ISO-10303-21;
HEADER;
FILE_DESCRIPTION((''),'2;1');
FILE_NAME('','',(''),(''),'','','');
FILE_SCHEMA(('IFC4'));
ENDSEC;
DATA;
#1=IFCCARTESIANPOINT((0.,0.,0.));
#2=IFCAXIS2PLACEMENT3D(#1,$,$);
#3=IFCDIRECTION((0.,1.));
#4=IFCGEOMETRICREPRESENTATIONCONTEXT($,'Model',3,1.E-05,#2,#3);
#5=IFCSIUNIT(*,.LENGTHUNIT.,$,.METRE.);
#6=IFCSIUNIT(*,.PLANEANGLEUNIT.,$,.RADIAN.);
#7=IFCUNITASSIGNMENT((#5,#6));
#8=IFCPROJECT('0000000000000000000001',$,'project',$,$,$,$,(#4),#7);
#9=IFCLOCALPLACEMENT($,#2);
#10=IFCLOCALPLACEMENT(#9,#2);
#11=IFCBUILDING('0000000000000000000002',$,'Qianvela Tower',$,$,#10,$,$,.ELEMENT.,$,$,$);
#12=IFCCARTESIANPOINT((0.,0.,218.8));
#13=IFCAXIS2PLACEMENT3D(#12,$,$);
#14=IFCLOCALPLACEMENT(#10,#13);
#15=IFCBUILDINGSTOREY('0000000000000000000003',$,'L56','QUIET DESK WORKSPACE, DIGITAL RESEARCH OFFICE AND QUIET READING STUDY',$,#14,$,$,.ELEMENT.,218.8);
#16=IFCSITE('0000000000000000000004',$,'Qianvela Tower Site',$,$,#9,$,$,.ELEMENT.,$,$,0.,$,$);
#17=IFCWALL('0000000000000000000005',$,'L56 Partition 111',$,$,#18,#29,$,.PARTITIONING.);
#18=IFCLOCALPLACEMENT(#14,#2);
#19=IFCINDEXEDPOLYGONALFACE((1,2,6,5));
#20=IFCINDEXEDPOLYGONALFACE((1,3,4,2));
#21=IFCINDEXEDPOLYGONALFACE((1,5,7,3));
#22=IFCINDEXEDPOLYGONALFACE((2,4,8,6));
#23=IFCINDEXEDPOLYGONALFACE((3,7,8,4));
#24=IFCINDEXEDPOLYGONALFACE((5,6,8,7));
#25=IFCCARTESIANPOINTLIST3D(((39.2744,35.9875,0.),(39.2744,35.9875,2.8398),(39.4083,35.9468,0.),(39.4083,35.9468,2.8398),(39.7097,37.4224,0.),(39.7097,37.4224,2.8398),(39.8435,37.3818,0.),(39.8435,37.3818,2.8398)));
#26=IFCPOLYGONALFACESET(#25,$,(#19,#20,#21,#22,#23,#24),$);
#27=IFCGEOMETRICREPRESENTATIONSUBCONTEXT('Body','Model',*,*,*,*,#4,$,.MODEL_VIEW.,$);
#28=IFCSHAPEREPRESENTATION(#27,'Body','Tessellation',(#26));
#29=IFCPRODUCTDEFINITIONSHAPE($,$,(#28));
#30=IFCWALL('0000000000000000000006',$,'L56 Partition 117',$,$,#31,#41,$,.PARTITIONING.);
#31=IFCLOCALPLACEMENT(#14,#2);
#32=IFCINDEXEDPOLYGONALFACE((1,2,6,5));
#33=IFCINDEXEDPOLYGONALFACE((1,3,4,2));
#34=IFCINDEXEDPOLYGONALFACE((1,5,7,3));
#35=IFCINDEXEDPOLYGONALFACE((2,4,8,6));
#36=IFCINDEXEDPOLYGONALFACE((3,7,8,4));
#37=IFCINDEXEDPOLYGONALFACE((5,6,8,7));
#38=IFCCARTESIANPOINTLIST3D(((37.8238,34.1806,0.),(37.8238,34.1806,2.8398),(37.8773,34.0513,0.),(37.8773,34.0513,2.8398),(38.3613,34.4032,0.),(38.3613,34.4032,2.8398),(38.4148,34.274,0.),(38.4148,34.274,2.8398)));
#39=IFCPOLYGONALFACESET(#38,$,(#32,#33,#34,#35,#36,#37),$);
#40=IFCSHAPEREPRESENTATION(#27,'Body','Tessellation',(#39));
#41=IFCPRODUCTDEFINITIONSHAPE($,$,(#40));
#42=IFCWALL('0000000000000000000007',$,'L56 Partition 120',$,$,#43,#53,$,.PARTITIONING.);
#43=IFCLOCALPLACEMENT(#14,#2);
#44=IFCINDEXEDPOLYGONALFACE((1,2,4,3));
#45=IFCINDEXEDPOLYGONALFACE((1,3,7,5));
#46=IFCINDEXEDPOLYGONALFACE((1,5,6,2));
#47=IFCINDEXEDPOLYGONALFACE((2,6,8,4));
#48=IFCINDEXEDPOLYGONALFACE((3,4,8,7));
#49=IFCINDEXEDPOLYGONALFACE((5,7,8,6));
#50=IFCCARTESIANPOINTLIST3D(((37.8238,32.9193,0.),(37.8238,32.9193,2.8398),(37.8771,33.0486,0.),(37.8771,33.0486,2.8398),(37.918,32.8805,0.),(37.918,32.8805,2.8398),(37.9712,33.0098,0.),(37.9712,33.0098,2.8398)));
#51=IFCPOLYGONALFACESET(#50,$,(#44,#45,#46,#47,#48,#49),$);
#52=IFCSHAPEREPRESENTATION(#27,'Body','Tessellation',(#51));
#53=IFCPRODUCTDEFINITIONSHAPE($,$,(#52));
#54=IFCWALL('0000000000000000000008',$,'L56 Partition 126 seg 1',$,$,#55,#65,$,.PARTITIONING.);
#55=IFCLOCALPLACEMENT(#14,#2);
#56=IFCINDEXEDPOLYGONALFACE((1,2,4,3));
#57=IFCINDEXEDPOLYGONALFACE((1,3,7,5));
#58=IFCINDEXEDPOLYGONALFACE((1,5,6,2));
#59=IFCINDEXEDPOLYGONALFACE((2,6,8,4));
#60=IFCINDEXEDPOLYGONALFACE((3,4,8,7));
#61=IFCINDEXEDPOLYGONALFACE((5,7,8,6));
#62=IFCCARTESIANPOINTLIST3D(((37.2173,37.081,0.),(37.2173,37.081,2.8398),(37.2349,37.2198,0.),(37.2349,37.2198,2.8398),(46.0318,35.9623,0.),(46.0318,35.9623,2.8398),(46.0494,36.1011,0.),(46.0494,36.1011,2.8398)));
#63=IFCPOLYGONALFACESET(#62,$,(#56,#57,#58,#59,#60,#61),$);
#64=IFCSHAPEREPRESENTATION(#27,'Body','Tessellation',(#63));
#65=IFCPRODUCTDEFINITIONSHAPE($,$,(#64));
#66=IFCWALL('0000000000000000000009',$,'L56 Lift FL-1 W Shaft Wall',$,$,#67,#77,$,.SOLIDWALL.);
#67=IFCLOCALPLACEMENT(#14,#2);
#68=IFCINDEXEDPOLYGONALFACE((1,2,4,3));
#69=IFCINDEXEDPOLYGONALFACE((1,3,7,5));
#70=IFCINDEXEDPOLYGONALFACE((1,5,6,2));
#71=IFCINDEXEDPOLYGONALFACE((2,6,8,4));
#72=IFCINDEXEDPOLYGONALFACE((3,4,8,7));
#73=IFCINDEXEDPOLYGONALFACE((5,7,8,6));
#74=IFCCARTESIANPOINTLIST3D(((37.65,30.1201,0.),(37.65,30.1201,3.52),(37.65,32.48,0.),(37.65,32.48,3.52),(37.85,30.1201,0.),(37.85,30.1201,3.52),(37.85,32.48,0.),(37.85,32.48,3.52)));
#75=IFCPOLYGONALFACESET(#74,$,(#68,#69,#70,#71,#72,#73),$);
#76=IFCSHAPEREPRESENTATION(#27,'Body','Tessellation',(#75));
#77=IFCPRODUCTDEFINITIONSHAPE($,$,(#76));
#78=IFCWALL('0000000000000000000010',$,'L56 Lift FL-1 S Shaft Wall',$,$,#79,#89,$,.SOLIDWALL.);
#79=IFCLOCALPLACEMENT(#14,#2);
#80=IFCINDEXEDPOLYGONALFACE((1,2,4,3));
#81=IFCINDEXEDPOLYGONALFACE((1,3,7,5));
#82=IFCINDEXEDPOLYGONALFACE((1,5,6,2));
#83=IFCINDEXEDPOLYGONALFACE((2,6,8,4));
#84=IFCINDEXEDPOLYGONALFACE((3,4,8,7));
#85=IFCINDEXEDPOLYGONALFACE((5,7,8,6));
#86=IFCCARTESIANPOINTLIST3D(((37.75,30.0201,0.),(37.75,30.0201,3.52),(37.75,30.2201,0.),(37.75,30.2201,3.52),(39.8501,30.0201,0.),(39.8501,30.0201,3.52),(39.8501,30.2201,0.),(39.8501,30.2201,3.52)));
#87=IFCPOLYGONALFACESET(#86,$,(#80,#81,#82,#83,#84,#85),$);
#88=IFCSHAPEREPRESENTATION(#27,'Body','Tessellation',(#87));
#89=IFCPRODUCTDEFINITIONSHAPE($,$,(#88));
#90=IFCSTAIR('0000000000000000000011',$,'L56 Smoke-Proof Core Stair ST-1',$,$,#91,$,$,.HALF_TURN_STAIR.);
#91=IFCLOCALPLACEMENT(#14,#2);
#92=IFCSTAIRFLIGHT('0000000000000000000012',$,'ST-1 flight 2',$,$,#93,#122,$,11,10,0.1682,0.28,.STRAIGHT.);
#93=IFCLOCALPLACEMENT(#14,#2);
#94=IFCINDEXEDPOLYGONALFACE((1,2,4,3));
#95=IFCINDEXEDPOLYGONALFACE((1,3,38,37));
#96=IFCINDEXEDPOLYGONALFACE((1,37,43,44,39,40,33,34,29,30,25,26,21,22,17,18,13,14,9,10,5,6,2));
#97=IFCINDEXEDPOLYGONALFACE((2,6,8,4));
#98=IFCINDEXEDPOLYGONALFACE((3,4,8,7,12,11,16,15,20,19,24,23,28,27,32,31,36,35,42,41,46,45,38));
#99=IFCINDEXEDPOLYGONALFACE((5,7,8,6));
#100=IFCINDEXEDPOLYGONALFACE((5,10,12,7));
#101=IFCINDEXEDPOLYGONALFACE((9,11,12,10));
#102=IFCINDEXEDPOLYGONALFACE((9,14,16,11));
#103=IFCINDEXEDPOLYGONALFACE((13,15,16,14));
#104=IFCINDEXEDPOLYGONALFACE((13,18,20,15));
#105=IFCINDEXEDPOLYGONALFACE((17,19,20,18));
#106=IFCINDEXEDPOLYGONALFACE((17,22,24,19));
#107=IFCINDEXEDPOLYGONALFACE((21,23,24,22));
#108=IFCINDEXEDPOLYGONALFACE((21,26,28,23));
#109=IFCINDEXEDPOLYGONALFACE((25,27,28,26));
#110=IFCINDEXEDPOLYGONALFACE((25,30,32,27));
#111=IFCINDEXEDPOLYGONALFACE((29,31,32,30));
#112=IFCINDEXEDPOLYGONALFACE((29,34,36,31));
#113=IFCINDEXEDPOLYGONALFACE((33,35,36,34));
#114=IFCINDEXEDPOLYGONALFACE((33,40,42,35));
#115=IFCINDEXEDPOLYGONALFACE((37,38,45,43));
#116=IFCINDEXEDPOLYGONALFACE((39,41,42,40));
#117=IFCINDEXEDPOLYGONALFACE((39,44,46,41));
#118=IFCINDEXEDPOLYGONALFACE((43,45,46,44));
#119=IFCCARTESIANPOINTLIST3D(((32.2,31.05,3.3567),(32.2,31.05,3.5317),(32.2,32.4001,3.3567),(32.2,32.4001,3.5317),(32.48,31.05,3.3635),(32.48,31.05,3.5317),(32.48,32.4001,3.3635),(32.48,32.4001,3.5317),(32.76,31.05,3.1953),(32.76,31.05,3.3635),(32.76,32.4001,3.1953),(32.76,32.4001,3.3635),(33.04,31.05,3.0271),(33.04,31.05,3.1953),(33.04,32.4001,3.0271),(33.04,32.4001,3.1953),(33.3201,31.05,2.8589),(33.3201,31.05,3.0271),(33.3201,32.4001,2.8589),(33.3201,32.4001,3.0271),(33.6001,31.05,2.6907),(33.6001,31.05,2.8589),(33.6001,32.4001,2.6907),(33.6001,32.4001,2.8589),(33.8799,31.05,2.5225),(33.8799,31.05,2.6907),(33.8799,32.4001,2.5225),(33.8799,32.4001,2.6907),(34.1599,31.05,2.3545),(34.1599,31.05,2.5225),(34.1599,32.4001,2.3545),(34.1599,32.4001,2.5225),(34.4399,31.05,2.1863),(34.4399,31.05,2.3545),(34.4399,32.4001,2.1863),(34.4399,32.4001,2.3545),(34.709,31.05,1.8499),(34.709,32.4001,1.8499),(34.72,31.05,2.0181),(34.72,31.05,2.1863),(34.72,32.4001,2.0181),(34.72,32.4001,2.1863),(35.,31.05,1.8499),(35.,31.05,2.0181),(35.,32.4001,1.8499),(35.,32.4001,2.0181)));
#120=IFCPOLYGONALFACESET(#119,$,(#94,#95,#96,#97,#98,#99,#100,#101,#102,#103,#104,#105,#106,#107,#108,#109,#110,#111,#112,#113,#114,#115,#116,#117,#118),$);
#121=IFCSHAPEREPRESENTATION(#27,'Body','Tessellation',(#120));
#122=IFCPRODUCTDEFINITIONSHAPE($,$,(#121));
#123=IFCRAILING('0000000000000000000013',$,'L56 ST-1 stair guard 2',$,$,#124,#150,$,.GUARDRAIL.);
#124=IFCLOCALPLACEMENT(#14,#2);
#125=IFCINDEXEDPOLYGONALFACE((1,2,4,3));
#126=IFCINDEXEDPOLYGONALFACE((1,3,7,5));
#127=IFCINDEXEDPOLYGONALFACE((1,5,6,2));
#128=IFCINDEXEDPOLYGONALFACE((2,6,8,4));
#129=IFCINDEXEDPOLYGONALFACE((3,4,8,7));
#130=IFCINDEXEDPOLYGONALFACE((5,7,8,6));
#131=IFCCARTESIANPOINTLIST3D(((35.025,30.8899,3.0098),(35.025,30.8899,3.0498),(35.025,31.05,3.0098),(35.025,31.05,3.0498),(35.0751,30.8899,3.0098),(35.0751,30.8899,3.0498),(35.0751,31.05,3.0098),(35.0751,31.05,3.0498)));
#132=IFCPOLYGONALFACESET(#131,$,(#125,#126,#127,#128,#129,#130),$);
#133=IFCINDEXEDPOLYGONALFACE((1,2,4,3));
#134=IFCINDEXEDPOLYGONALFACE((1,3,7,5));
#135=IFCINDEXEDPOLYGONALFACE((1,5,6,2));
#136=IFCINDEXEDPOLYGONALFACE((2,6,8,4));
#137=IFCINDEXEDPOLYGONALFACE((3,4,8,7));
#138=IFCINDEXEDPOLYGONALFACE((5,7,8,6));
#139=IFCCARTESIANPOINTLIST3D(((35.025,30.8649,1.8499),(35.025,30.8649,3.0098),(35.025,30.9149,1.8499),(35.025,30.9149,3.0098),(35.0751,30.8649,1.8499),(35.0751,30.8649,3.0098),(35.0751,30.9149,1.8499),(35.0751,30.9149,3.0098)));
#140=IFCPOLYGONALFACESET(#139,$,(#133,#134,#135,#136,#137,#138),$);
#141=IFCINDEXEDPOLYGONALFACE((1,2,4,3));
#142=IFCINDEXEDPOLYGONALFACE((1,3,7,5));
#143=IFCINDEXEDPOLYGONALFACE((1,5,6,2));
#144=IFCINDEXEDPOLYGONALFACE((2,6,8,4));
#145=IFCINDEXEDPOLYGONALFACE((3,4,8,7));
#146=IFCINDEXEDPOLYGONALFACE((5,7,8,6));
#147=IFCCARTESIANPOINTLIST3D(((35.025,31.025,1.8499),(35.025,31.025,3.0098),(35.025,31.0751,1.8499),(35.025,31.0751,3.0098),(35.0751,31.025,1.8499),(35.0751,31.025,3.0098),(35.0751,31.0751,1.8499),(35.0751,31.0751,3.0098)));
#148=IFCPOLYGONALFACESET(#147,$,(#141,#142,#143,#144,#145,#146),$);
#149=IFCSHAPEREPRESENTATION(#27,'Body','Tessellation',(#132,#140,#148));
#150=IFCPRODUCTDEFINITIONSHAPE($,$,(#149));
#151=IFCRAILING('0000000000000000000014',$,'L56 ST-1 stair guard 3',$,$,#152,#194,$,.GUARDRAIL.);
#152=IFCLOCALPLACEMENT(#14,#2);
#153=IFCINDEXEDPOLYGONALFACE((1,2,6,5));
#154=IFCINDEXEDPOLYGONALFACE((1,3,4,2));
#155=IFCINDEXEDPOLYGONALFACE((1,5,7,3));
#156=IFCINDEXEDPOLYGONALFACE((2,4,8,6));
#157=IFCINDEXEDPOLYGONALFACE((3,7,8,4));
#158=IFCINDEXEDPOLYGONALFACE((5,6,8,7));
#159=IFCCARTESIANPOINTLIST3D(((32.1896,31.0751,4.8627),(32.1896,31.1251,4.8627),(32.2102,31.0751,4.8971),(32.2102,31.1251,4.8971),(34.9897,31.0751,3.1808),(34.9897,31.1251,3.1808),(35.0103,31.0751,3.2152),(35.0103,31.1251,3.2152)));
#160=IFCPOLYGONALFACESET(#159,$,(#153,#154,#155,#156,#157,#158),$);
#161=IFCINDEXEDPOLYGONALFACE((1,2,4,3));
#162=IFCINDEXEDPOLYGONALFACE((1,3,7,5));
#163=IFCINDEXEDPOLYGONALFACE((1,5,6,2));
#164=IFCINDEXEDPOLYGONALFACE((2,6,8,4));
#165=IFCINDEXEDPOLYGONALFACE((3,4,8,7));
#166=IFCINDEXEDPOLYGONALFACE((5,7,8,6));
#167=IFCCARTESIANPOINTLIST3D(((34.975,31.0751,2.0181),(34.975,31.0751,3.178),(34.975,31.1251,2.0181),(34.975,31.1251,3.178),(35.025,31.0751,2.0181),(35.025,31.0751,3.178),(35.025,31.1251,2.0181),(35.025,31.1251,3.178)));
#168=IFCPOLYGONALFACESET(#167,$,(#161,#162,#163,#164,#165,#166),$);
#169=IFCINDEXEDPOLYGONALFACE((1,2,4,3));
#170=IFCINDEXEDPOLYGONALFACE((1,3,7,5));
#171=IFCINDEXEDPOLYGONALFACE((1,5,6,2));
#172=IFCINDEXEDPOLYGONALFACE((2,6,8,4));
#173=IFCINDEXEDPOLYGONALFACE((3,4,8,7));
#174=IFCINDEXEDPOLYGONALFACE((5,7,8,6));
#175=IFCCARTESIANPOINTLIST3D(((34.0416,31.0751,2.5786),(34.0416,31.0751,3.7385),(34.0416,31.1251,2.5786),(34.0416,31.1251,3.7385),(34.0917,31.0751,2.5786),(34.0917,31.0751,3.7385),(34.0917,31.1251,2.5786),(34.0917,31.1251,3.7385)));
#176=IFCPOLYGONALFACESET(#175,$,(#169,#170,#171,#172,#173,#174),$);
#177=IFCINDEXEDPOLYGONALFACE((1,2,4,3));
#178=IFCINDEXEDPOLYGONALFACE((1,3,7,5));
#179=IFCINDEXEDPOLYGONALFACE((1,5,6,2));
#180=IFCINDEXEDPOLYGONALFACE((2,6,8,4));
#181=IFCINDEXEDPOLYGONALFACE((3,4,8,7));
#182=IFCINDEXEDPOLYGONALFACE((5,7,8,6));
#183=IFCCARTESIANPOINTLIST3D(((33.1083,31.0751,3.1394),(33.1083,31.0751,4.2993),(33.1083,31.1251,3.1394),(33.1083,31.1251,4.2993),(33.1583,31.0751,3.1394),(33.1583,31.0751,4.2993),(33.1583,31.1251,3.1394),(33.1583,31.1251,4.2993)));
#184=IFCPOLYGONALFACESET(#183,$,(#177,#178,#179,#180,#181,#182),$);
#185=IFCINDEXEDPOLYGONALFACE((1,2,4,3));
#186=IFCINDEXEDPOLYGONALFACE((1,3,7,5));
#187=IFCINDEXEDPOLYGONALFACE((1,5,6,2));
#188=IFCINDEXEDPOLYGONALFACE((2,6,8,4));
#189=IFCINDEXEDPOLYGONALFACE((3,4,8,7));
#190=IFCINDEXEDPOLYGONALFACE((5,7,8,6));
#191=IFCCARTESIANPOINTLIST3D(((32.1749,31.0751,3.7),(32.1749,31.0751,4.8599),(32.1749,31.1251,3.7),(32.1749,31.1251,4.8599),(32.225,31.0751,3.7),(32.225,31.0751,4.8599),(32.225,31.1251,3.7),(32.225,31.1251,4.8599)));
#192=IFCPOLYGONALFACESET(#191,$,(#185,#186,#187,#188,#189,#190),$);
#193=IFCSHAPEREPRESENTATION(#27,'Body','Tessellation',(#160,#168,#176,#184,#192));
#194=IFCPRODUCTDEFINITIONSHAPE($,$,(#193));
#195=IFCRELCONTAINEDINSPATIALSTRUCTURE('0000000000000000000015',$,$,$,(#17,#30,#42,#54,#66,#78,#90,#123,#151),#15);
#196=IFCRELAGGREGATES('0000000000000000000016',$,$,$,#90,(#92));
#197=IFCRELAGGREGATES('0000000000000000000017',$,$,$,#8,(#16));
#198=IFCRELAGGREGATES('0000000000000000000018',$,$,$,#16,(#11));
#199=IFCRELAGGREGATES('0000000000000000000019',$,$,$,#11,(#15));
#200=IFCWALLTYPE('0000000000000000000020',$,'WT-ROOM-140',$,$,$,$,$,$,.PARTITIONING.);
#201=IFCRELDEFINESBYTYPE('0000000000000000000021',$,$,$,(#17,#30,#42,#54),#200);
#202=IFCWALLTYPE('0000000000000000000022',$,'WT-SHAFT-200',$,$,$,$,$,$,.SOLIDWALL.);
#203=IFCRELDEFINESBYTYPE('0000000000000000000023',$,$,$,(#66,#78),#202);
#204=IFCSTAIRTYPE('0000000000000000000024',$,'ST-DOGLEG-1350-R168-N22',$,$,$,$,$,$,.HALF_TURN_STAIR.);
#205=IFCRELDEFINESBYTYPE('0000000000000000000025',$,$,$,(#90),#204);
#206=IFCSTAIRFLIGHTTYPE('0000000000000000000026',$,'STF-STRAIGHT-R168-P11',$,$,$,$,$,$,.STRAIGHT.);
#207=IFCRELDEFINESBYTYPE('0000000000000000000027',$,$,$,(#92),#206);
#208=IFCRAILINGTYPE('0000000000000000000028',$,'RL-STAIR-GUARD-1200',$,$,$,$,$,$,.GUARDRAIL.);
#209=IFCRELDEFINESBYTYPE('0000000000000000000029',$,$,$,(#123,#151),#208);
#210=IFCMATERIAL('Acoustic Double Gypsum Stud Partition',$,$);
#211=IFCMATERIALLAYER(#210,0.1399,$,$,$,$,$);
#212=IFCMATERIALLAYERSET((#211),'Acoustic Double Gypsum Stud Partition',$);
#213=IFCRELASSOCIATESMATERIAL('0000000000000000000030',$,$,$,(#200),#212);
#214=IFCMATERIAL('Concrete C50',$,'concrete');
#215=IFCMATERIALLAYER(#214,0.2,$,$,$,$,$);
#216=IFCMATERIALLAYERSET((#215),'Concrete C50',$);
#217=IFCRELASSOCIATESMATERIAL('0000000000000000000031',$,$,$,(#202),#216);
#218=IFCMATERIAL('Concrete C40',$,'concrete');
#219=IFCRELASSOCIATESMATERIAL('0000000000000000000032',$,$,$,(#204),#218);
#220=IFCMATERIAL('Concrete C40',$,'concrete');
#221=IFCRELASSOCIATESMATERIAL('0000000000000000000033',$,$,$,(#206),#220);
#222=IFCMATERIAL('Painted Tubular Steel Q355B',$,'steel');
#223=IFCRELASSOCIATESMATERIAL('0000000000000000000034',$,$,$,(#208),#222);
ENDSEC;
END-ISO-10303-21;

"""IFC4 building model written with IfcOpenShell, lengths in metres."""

from ifc_helpers import new_model, si_unit, direction, frame, frame_2d, origin, origin_2d, place, context, subcontext, project, spatial, polyline, rectangle, outline, extrude, material, layer, layer_set, type_object, element, aggregate, save


model = new_model("IFC4")

# Units and contexts
model_context = context("Model", 3, precision=1e-05, world=origin(), true_north=direction((0.0, 1.0)))
body_context = subcontext(model_context, "Body", "Model", "MODEL_VIEW")
ifc_project = project(units=[si_unit("LENGTHUNIT", "METRE"), si_unit("PLANEANGLEUNIT", "RADIAN")], contexts=[model_context])

# Site, building, storey
site_placement = place(None, origin())
site = spatial("IfcSite", under=ifc_project, at=site_placement, Name="Qianvela Tower Site", CompositionType="ELEMENT", RefElevation=0.0)
building_placement = place(site_placement, origin())
building = spatial("IfcBuilding", under=site, at=building_placement, Name="Qianvela Tower", CompositionType="ELEMENT")
storey_placement = place(building_placement, frame((0.0, 0.0, 218.8)))
storey = spatial("IfcBuildingStorey", under=building, at=storey_placement, Name="L56", Description="QUIET DESK WORKSPACE, DIGITAL RESEARCH OFFICE AND QUIET READING STUDY", CompositionType="ELEMENT", Elevation=218.8)

# Walls
ifc_material_1 = material(Name="Acoustic Double Gypsum Stud Partition")
ifc_layer_1 = layer(ifc_material_1, 0.1399)
ifc_layer_set_1 = layer_set([ifc_layer_1], Name="Acoustic Double Gypsum Stud Partition")
wall_type_1 = type_object("IfcWallType", Name="WT-ROOM-140", PredefinedType="PARTITIONING", material=ifc_layer_set_1)
wall_1_placement = place(storey_placement, frame((39.7766, 37.4021, 0.0), z_axis=(0.0, 0.0, 1.0), x_axis=(-0.290274, -0.956944, 0.0)))
element("IfcWall", 1, at=wall_1_placement, inside=storey, type_object=wall_type_1, Name="L56 Partition 111", PredefinedType="PARTITIONING", context=body_context, shape_type="SweptSolid", body=[
    extrude(rectangle(XDim=1.4995, YDim=0.1399, at=frame_2d((0.7498, 0.0))), origin(), (0.0, 0.0, 1.0), 2.8398),
])
wall_2_placement = place(storey_placement, frame((38.3882, 34.3386, 0.0), z_axis=(0.0, 0.0, 1.0), x_axis=(-0.923894, -0.382648, 0.0)))
element("IfcWall", 2, at=wall_2_placement, inside=storey, type_object=wall_type_1, Name="L56 Partition 117", PredefinedType="PARTITIONING", context=body_context, shape_type="SweptSolid", body=[
    extrude(rectangle(XDim=0.5818, YDim=0.1399, at=frame_2d((0.291, 0.0))), origin(), (0.0, 0.0, 1.0), 2.8398),
])
wall_3_placement = place(storey_placement, frame((37.8506, 32.9839, 0.0), z_axis=(0.0, 0.0, 1.0), x_axis=(0.924628, -0.38087, 0.0)))
element("IfcWall", 3, at=wall_3_placement, inside=storey, type_object=wall_type_1, Name="L56 Partition 120", PredefinedType="PARTITIONING", context=body_context, shape_type="SweptSolid", body=[
    extrude(rectangle(XDim=0.1018, YDim=0.1399, at=frame_2d((0.0508, 0.0))), origin(), (0.0, 0.0, 1.0), 2.8398),
])
wall_4_placement = place(storey_placement, frame((37.2261, 37.1504, 0.0), z_axis=(0.0, 0.0, 1.0), x_axis=(0.992043, -0.125901, 0.0)))
element("IfcWall", 4, at=wall_4_placement, inside=storey, type_object=wall_type_1, Name="L56 Partition 126 seg 1", PredefinedType="PARTITIONING", context=body_context, shape_type="SweptSolid", body=[
    extrude(rectangle(XDim=8.8853, YDim=0.1399, at=frame_2d((4.4426, 0.0))), origin(), (0.0, 0.0, 1.0), 2.8398),
])

# Shared definitions
ifc_material_2 = material(Name="Concrete C50", Category="concrete")
ifc_layer_2 = layer(ifc_material_2, 0.2)
ifc_layer_set_2 = layer_set([ifc_layer_2], Name="Concrete C50")
wall_type_2 = type_object("IfcWallType", Name="WT-SHAFT-200", PredefinedType="SOLIDWALL", material=ifc_layer_set_2)

# Walls
wall_5_placement = place(storey_placement, frame((37.75, 30.1201, 0.0), z_axis=(0.0, 0.0, 1.0), x_axis=(0.0, 1.0, 0.0)))
element("IfcWall", 5, at=wall_5_placement, inside=storey, type_object=wall_type_2, Name="L56 Lift FL-1 W Shaft Wall", PredefinedType="SOLIDWALL", context=body_context, shape_type="SweptSolid", body=[
    extrude(rectangle(XDim=2.3599, YDim=0.2, at=frame_2d((1.1799, 0.0))), origin(), (0.0, 0.0, 1.0), 3.52),
])
wall_6_placement = place(storey_placement, frame((37.75, 30.1201, 0.0), z_axis=(0.0, 0.0, 1.0), x_axis=(1.0, 0.0, 0.0)))
element("IfcWall", 6, at=wall_6_placement, inside=storey, type_object=wall_type_2, Name="L56 Lift FL-1 S Shaft Wall", PredefinedType="SOLIDWALL", context=body_context, shape_type="SweptSolid", body=[
    extrude(rectangle(XDim=2.1001, YDim=0.2, at=frame_2d((1.05, 0.0))), origin(), (0.0, 0.0, 1.0), 3.52),
])

# Stair, stair flight
ifc_material_3 = material(Name="Concrete C40", Category="concrete")
stair_type = type_object("IfcStairType", Name="ST-DOGLEG-1350-R168-N22", PredefinedType="HALF_TURN_STAIR", material=ifc_material_3)
stair_placement = place(storey_placement, origin())
stair = element("IfcStair", 7, at=stair_placement, inside=storey, type_object=stair_type, Name="L56 Smoke-Proof Core Stair ST-1", PredefinedType="HALF_TURN_STAIR")
ifc_material_4 = material(Name="Concrete C40", Category="concrete")
stair_flight_type = type_object("IfcStairFlightType", Name="STF-STRAIGHT-R168-P11", PredefinedType="STRAIGHT", material=ifc_material_4)
stair_flight_placement = place(storey_placement, frame((35.0, 31.7251, 1.8499), z_axis=(0.0, 0.0, 1.0), x_axis=(-1.0, 0.0, 0.0)))
stair_flight = element("IfcStairFlight", 8, at=stair_flight_placement, type_object=stair_flight_type, Name="ST-1 flight 2", NumberOfRisers=11, NumberOfTreads=10, PredefinedType="STRAIGHT", RiserHeight=0.1682, TreadLength=0.28, context=body_context, shape_type="SweptSolid", body=[
    extrude(outline(polyline([(0.0, 0.0), (0.0, 0.1682), (0.28, 0.1682), (0.28, 0.3364), (0.5601, 0.3364), (0.5601, 0.5046), (0.8401, 0.5046), (0.8401, 0.6726), (1.1201, 0.6726), (1.1201, 0.8408), (1.3999, 0.8408), (1.3999, 1.009), (1.6799, 1.009), (1.6799, 1.1772), (1.96, 1.1772), (1.96, 1.3455), (2.24, 1.3455), (2.24, 1.5137), (2.52, 1.5137), (2.52, 1.6819), (2.8, 1.6819), (2.8, 1.8501), (2.8, 1.5068), (0.291, 0.0), (0.0, 0.0)])), frame((0.0, 0.675, 0.0), z_axis=(0.0, -1.0, 0.0), x_axis=(1.0, 0.0, 0.0)), (0.0, 0.0, 1.0), 1.3501),
])
aggregate(stair, [stair_flight])

# Railings
ifc_material_5 = material(Name="Painted Tubular Steel Q355B", Category="steel")
railing_type_1 = type_object("IfcRailingType", Name="RL-STAIR-GUARD-1200", PredefinedType="GUARDRAIL", material=ifc_material_5)
railing_1_placement = place(storey_placement, frame((35.05, 30.8899, 1.8499)))
element("IfcRailing", 9, at=railing_1_placement, inside=storey, type_object=railing_type_1, Name="L56 ST-1 stair guard 2", PredefinedType="GUARDRAIL", context=body_context, shape_type="SweptSolid", body=[
    extrude(rectangle(XDim=0.05, YDim=0.04, at=origin_2d()), frame((0.0, 0.0, 1.1799), z_axis=(0.0, 1.0, 0.0), x_axis=(-1.0, 0.0, 0.0)), (0.0, 0.0, 1.0), 0.1602),
    extrude(rectangle(XDim=0.05, YDim=0.05, at=origin_2d()), origin(), (0.0, 0.0, 1.0), 1.1599),
    extrude(rectangle(XDim=0.05, YDim=0.05, at=origin_2d()), frame((0.0, 0.1602, 0.0)), (0.0, 0.0, 1.0), 1.1599),
])
railing_2_placement = place(storey_placement, frame((35.0, 31.1001, 2.0181)))
element("IfcRailing", 10, at=railing_2_placement, inside=storey, type_object=railing_type_1, Name="L56 ST-1 stair guard 3", PredefinedType="GUARDRAIL", context=body_context, shape_type="SweptSolid", body=[
    extrude(rectangle(XDim=0.05, YDim=0.04, at=origin_2d()), frame((0.0, 0.0, 1.1799), z_axis=(-0.857242, 0.0, 0.514913), x_axis=(0.0, -1.0, 0.0)), (0.0, 0.0, 1.0), 3.2664),
    extrude(rectangle(XDim=0.05, YDim=0.05, at=origin_2d()), origin(), (0.0, 0.0, 1.0), 1.1599),
    extrude(rectangle(XDim=0.05, YDim=0.05, at=origin_2d()), frame((-0.9333, 0.0, 0.5605)), (0.0, 0.0, 1.0), 1.1599),
    extrude(rectangle(XDim=0.05, YDim=0.05, at=origin_2d()), frame((-1.8667, 0.0, 1.1213)), (0.0, 0.0, 1.0), 1.1599),
    extrude(rectangle(XDim=0.05, YDim=0.05, at=origin_2d()), frame((-2.8, 0.0, 1.6819)), (0.0, 0.0, 1.0), 1.1599),
])

save(model, "model.ifc")
